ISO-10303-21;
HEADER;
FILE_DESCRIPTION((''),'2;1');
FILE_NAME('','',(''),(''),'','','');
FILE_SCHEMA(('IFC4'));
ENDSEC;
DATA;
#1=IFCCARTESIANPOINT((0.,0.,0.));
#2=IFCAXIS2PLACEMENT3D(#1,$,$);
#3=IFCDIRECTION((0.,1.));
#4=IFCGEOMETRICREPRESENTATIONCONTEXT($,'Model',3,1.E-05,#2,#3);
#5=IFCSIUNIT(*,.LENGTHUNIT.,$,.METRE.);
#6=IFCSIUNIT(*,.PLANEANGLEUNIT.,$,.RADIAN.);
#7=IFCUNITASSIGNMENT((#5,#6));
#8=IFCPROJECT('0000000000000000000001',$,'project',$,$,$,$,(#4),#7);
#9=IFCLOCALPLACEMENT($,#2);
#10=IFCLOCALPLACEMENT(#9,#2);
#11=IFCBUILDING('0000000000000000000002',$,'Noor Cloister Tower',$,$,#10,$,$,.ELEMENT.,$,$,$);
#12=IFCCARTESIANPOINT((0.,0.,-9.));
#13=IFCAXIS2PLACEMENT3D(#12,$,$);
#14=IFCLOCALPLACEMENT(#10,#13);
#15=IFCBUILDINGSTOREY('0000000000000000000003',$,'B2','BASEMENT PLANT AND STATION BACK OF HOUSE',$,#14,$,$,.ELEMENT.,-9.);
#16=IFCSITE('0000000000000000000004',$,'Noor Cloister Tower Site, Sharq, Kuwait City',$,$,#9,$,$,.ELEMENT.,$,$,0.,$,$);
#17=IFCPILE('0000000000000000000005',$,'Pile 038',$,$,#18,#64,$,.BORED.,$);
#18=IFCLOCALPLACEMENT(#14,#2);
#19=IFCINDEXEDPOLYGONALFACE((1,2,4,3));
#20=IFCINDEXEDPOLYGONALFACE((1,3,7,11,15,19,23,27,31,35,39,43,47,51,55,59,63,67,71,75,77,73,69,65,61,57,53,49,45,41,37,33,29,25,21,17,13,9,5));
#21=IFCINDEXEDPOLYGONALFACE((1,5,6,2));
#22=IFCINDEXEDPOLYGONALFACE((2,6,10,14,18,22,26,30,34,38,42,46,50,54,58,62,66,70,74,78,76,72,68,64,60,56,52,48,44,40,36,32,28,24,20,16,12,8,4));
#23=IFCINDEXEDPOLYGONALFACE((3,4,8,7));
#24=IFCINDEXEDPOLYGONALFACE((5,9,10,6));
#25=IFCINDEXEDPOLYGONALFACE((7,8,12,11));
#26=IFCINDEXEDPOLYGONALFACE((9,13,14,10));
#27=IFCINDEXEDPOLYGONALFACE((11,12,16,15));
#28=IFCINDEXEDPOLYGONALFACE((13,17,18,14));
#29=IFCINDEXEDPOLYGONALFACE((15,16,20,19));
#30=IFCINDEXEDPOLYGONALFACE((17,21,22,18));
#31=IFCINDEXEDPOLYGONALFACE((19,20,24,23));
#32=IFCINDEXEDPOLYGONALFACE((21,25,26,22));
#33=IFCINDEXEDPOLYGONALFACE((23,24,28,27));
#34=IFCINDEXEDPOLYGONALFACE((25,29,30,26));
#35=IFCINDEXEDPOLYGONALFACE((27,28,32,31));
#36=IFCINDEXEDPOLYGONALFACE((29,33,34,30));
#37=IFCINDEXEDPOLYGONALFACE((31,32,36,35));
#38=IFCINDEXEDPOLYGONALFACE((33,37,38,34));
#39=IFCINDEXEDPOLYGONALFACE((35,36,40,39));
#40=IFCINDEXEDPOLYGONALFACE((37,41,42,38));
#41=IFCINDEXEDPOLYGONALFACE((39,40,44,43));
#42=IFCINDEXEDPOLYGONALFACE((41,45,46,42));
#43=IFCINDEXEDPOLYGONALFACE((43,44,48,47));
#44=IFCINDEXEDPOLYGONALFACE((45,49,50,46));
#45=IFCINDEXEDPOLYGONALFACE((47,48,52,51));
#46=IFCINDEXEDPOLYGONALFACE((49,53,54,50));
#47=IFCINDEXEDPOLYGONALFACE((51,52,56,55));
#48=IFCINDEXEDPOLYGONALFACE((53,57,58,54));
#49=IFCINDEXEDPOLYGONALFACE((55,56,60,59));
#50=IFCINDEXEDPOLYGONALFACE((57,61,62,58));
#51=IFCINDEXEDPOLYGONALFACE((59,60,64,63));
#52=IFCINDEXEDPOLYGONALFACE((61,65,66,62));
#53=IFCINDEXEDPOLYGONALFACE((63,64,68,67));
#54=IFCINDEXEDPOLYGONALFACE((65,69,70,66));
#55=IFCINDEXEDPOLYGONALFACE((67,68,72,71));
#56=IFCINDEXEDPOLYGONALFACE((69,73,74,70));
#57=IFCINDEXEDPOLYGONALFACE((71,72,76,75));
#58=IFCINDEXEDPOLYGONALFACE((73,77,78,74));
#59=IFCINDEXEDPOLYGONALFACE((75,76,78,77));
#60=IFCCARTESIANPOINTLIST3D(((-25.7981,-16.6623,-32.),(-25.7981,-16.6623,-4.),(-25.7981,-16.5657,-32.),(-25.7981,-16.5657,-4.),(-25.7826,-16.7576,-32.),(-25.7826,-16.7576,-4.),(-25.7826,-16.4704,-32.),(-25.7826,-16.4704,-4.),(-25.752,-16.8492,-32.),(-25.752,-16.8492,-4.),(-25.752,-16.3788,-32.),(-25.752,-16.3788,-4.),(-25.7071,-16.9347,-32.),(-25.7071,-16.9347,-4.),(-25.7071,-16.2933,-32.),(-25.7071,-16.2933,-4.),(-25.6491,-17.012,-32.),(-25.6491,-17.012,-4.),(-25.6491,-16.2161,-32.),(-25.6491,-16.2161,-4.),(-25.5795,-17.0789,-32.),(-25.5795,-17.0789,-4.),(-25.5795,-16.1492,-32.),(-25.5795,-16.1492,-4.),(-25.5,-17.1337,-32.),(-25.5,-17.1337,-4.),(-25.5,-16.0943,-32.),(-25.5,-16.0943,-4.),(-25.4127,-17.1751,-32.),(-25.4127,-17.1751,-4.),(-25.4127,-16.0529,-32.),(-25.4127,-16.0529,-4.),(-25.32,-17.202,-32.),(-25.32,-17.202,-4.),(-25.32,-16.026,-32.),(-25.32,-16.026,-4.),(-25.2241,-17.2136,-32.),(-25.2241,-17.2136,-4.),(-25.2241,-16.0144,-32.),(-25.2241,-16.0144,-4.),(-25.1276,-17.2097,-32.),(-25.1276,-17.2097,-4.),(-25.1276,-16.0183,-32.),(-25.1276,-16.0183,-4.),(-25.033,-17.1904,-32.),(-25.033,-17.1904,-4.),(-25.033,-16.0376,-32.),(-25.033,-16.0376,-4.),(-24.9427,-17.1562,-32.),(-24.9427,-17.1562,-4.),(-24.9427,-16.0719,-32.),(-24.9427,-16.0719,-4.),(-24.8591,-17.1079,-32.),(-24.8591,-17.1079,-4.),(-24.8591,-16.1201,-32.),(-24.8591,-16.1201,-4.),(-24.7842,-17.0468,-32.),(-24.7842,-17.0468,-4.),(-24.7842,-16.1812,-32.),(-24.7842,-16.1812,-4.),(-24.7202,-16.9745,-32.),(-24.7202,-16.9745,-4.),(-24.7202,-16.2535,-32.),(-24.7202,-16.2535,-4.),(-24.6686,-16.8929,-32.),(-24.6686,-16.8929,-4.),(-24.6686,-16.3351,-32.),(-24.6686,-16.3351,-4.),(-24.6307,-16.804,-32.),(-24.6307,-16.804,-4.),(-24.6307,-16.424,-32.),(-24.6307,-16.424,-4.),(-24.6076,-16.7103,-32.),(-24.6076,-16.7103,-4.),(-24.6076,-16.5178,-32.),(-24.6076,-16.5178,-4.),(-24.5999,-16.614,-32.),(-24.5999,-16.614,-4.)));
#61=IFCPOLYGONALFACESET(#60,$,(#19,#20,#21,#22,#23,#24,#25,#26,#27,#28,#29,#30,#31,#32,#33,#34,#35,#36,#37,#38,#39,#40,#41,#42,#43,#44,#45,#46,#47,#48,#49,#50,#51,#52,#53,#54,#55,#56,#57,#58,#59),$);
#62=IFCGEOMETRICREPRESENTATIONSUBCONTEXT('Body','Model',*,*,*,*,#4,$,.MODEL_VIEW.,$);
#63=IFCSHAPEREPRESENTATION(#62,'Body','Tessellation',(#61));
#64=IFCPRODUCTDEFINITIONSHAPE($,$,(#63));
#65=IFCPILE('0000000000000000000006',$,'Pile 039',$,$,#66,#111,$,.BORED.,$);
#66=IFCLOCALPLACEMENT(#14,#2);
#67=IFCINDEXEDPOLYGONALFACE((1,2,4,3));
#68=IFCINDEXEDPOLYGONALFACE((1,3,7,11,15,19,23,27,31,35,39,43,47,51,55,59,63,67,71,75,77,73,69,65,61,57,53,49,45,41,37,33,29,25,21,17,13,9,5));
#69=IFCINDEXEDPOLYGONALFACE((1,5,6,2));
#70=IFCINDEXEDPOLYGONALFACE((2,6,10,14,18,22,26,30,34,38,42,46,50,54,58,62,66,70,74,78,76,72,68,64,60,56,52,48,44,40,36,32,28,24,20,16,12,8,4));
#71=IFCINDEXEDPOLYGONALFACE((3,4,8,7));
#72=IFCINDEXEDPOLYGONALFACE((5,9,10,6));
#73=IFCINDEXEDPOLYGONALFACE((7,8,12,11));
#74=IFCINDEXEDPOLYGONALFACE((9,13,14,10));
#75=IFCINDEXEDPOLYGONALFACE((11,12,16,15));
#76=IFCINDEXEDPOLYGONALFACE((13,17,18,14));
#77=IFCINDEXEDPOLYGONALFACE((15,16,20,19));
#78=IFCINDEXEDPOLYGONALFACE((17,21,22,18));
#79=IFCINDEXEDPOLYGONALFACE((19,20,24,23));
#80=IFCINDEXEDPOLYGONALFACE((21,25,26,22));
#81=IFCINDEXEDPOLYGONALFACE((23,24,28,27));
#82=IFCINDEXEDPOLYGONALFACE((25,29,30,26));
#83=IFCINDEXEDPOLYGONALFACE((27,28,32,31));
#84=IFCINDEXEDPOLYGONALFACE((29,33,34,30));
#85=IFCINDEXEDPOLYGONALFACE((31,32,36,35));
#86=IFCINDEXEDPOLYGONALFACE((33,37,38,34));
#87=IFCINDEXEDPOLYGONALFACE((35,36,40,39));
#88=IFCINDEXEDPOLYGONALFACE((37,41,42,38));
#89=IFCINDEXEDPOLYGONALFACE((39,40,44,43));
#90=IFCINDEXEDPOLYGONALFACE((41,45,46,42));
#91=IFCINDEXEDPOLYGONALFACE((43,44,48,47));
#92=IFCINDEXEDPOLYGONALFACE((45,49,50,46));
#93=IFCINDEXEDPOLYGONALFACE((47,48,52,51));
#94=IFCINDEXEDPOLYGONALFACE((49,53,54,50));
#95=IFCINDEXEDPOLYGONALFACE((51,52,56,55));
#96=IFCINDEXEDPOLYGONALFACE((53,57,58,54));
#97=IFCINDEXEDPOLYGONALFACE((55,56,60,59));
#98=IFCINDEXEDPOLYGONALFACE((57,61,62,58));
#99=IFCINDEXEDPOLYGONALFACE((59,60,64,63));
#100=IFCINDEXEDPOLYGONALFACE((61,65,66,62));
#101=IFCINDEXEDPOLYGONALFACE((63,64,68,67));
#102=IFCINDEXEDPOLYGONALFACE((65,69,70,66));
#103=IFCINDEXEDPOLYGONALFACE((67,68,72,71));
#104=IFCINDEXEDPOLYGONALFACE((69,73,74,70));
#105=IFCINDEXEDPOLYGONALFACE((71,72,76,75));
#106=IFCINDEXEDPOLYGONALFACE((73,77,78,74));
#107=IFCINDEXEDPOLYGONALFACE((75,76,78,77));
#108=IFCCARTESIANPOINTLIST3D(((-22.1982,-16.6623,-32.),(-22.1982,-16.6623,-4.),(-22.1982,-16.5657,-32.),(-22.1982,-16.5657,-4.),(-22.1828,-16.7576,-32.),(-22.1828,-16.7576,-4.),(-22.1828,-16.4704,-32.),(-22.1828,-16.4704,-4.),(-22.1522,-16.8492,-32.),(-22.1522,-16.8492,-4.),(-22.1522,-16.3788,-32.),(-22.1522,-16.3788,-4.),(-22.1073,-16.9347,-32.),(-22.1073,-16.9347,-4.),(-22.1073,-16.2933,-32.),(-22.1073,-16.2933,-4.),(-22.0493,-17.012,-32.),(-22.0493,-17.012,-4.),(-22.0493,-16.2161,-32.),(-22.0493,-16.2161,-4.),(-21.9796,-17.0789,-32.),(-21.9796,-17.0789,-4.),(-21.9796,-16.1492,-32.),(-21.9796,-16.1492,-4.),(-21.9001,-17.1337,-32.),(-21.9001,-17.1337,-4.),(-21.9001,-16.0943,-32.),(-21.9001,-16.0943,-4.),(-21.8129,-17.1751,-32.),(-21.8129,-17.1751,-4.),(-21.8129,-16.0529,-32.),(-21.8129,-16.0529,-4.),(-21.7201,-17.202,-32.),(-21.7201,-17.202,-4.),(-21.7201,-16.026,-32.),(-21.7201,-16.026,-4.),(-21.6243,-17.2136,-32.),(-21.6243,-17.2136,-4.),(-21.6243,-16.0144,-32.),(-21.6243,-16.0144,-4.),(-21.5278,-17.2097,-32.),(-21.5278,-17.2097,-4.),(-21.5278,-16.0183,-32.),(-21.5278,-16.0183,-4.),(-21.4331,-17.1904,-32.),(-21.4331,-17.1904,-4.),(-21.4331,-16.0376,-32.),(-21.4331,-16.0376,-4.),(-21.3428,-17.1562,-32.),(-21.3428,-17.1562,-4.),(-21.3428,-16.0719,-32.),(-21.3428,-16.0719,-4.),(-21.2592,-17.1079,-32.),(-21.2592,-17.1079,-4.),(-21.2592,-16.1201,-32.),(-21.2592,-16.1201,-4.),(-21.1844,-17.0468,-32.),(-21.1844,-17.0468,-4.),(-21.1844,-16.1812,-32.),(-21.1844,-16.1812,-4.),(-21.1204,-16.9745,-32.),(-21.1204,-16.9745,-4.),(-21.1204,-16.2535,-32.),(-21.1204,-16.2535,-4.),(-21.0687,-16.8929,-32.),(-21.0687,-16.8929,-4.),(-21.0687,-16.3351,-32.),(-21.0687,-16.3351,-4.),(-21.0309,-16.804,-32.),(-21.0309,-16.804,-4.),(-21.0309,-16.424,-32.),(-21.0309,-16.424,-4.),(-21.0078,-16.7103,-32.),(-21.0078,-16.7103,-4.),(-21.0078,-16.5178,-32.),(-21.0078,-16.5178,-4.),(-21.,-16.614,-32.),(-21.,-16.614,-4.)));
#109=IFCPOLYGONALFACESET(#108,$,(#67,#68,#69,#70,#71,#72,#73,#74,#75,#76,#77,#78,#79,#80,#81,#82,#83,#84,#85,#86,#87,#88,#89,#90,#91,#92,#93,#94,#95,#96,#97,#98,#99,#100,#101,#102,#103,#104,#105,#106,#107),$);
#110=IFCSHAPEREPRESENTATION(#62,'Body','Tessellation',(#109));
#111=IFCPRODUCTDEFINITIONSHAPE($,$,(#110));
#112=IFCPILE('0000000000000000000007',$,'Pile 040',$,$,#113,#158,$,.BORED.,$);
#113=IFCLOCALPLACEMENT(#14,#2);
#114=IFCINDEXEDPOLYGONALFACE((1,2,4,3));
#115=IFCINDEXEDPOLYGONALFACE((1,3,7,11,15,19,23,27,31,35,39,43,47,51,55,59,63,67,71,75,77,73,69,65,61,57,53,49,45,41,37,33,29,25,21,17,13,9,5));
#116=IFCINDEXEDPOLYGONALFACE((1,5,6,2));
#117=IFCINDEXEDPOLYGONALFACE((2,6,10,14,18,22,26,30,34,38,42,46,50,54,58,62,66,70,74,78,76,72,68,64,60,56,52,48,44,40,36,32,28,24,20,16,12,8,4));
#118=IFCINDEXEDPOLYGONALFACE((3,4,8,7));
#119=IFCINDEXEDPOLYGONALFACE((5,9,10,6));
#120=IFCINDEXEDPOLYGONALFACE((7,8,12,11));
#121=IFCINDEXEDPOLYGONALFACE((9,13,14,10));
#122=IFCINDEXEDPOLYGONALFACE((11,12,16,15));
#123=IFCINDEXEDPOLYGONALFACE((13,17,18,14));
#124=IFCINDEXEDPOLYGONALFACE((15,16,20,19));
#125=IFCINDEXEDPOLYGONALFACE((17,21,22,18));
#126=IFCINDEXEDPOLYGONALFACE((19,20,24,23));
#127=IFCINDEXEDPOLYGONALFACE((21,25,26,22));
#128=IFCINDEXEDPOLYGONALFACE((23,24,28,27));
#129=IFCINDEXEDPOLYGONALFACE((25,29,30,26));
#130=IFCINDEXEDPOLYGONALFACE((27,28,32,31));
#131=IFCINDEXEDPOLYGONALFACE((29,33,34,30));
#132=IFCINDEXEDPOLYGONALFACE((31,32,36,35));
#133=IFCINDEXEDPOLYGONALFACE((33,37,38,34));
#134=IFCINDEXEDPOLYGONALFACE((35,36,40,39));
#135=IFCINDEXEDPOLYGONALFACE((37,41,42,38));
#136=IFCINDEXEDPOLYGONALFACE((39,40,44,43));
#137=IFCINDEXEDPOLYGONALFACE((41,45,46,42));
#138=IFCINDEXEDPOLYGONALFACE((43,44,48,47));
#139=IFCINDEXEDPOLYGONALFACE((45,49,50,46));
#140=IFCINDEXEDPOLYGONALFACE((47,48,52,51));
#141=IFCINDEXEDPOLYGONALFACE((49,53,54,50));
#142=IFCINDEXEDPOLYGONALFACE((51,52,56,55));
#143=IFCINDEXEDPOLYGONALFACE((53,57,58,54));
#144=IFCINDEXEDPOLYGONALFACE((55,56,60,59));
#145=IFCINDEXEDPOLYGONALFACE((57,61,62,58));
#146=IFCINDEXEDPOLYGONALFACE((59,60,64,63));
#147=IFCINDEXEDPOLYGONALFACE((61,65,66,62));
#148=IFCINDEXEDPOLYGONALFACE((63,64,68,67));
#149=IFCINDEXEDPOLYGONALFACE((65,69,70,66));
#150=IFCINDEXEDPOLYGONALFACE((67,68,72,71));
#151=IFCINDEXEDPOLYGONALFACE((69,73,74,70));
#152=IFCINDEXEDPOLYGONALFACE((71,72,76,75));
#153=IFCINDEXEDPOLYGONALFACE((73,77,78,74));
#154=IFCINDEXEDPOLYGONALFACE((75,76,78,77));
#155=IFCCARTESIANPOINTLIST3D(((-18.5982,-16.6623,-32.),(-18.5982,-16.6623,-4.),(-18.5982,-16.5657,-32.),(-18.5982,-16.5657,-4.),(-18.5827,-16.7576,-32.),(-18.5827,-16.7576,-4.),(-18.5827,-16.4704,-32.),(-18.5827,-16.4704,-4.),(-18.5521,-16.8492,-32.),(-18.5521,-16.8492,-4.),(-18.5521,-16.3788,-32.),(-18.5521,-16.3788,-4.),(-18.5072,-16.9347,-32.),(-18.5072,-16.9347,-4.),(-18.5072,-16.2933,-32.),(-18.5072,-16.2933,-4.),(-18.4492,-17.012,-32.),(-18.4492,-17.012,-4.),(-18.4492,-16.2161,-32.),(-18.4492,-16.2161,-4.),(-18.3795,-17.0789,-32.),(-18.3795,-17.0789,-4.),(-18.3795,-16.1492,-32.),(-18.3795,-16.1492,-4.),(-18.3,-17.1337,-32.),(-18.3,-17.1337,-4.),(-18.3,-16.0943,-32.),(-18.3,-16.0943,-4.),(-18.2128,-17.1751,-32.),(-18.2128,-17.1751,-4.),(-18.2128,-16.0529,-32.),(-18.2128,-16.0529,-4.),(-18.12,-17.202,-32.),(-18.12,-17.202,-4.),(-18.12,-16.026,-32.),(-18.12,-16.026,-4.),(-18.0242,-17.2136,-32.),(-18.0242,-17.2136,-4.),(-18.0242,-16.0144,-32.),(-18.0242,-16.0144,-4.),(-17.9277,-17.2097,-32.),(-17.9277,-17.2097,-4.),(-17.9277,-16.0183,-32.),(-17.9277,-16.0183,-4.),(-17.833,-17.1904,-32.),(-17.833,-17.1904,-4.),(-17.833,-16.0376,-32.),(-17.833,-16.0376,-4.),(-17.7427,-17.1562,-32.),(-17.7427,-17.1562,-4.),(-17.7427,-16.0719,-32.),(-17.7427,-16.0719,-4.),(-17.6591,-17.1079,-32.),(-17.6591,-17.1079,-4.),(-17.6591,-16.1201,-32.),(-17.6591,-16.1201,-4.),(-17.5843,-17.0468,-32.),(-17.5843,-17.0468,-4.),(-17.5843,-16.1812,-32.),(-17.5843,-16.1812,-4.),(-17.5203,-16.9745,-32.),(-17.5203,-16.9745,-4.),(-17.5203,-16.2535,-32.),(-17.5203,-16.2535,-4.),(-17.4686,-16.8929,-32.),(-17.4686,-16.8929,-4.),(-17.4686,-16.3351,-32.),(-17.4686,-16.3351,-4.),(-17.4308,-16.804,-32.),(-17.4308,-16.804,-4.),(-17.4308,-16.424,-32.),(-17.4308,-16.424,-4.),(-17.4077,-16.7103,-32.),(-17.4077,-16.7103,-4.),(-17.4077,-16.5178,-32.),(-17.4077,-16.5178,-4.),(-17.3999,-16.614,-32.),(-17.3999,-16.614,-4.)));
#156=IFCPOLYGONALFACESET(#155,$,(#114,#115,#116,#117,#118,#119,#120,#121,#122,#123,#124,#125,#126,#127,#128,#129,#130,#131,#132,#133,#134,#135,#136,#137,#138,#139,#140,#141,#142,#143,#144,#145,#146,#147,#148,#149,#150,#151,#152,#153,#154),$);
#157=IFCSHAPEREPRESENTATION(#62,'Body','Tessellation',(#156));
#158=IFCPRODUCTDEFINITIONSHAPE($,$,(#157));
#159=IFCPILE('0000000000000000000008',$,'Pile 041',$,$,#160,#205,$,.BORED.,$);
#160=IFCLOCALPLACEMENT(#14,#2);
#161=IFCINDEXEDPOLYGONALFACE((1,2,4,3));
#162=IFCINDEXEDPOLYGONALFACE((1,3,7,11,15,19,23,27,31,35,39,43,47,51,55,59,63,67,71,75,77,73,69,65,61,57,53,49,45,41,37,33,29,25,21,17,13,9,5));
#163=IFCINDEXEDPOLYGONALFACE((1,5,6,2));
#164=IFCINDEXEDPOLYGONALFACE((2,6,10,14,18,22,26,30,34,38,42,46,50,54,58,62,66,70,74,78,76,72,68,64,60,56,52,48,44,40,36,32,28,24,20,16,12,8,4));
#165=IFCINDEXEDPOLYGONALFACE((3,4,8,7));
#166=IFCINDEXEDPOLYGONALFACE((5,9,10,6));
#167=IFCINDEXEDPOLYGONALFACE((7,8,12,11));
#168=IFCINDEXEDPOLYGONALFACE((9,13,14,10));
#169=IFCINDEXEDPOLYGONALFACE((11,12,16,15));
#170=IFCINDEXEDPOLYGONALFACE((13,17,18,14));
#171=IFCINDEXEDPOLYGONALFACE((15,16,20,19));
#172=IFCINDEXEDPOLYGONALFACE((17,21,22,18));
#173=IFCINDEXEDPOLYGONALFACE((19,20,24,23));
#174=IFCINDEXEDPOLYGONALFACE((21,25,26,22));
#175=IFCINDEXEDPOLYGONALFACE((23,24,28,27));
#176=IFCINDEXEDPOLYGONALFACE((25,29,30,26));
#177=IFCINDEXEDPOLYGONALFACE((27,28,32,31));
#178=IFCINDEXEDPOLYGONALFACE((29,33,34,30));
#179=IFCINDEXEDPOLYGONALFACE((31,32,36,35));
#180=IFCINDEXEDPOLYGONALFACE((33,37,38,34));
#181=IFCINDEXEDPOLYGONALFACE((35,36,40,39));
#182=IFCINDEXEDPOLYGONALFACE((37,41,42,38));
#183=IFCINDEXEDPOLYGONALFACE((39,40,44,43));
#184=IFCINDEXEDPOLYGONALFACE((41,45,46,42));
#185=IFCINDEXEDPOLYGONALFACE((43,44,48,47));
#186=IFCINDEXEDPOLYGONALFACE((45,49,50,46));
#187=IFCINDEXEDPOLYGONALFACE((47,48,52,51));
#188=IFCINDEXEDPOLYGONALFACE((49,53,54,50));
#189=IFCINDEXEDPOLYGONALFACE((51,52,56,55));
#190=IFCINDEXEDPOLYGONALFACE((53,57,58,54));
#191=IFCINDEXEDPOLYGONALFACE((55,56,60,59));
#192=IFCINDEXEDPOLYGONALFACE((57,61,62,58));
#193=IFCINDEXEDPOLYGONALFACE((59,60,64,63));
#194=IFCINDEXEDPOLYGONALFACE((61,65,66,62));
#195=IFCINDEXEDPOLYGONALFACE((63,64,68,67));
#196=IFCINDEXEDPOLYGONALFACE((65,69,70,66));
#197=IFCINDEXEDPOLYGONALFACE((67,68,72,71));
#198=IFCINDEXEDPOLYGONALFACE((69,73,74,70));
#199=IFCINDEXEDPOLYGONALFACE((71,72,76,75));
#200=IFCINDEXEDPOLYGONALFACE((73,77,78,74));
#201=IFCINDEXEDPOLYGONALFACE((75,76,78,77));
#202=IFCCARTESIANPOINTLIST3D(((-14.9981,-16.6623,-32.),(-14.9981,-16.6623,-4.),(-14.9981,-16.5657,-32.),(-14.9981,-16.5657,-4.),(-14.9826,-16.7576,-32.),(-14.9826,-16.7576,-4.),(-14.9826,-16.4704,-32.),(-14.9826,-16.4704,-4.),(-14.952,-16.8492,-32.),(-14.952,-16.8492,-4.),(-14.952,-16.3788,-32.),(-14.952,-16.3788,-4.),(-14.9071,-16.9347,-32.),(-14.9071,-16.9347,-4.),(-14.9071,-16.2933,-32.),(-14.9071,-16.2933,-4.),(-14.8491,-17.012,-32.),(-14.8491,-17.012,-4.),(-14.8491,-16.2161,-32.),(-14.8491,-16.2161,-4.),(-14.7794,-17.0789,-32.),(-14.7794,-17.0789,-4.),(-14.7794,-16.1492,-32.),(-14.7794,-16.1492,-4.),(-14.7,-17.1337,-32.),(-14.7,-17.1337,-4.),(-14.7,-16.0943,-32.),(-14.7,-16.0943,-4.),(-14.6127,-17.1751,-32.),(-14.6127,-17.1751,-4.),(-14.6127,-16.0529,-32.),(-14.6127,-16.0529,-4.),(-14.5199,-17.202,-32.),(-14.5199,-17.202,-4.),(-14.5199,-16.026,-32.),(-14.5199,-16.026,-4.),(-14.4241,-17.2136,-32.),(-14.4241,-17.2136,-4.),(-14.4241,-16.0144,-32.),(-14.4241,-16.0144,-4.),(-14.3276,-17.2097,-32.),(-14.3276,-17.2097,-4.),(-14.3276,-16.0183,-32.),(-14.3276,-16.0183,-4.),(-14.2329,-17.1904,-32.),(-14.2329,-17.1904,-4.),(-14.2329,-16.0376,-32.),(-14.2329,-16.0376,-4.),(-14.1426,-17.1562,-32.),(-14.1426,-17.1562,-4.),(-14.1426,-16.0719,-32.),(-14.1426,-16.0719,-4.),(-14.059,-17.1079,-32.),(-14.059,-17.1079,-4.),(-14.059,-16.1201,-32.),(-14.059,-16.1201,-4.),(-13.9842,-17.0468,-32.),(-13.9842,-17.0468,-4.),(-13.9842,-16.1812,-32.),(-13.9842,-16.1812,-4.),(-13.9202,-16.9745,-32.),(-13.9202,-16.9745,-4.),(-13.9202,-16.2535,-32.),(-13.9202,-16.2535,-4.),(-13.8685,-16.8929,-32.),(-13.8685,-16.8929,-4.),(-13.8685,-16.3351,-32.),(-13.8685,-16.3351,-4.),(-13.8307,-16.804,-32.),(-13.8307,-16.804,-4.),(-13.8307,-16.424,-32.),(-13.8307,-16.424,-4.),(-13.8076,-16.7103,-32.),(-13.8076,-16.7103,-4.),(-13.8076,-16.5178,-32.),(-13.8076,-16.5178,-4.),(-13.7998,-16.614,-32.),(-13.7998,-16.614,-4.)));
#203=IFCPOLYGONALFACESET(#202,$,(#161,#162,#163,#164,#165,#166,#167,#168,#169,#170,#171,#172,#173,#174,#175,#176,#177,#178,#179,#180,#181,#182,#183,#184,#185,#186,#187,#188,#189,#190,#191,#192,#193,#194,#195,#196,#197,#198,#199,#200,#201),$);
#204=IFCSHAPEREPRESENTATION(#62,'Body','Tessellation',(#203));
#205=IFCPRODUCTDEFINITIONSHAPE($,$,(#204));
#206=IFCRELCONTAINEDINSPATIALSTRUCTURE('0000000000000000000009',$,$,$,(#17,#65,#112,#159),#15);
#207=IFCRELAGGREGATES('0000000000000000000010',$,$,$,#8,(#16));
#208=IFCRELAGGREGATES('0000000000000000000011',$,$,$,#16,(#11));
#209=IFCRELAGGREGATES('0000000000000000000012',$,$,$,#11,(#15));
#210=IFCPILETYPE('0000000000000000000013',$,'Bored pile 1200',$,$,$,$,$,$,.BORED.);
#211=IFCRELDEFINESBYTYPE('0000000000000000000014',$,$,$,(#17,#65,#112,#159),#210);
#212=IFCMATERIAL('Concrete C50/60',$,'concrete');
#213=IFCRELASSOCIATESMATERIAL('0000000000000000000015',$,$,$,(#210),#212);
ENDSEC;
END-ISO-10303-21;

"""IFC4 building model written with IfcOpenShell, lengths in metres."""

from ifc_helpers import new_model, si_unit, direction, frame, origin, origin_2d, place, context, subcontext, project, spatial, circle, extrude, material, material_profile, profile_set, type_object, element, save


model = new_model("IFC4")

# Units and contexts
model_context = context("Model", 3, precision=1e-05, world=origin(), true_north=direction((0.0, 1.0)))
body_context = subcontext(model_context, "Body", "Model", "MODEL_VIEW")
ifc_project = project(units=[si_unit("LENGTHUNIT", "METRE"), si_unit("PLANEANGLEUNIT", "RADIAN")], contexts=[model_context])

# Site, building, storey
site_placement = place(None, origin())
site = spatial("IfcSite", under=ifc_project, at=site_placement, Name="Noor Cloister Tower Site, Sharq, Kuwait City", CompositionType="ELEMENT", RefElevation=0.0)
building_placement = place(site_placement, origin())
building = spatial("IfcBuilding", under=site, at=building_placement, Name="Noor Cloister Tower", CompositionType="ELEMENT")
storey_placement = place(building_placement, frame((0.0, 0.0, -9.0)))
storey = spatial("IfcBuildingStorey", under=building, at=storey_placement, Name="B2", Description="BASEMENT PLANT AND STATION BACK OF HOUSE", CompositionType="ELEMENT", Elevation=-9.0)

# Piles
ifc_material_1 = material(Name="Concrete C50/60", Category="concrete")
ifc_material_profile_1 = material_profile(ifc_material_1, circle(Radius=0.6001, at=origin_2d()), Name="Bored pile 1200")
ifc_profile_set_1 = profile_set([ifc_material_profile_1], Name="Concrete C50/60")
pile_type = type_object("IfcPileType", Name="Bored pile 1200", PredefinedType="BORED", material=ifc_profile_set_1)
for number, where, z_axis, x_axis, name in (
    (1, (-25.2, -16.614, -4.0), (0.0, 0.0, -1.0), (1.0, 0.0, 0.0), "Pile 038"),
    (2, (-21.6001, -16.614, -4.0), (0.0, 0.0, -1.0), (1.0, 0.0, 0.0), "Pile 039"),
    (3, (-18.0, -16.614, -4.0), (0.0, 0.0, -1.0), (1.0, 0.0, 0.0), "Pile 040"),
    (4, (-14.3999, -16.614, -4.0), (0.0, 0.0, -1.0), (1.0, 0.0, 0.0), "Pile 041"),
):
    element("IfcPile", number, at=place(storey_placement, frame(where, z_axis=z_axis, x_axis=x_axis)), inside=storey, type_object=pile_type, Name=name, PredefinedType="BORED", context=body_context, shape_type="SweptSolid", body=[
        extrude(circle(Radius=0.6001, at=origin_2d()), origin(), (0.0, 0.0, 1.0), 28.0),
    ])

save(model, "model.ifc")
